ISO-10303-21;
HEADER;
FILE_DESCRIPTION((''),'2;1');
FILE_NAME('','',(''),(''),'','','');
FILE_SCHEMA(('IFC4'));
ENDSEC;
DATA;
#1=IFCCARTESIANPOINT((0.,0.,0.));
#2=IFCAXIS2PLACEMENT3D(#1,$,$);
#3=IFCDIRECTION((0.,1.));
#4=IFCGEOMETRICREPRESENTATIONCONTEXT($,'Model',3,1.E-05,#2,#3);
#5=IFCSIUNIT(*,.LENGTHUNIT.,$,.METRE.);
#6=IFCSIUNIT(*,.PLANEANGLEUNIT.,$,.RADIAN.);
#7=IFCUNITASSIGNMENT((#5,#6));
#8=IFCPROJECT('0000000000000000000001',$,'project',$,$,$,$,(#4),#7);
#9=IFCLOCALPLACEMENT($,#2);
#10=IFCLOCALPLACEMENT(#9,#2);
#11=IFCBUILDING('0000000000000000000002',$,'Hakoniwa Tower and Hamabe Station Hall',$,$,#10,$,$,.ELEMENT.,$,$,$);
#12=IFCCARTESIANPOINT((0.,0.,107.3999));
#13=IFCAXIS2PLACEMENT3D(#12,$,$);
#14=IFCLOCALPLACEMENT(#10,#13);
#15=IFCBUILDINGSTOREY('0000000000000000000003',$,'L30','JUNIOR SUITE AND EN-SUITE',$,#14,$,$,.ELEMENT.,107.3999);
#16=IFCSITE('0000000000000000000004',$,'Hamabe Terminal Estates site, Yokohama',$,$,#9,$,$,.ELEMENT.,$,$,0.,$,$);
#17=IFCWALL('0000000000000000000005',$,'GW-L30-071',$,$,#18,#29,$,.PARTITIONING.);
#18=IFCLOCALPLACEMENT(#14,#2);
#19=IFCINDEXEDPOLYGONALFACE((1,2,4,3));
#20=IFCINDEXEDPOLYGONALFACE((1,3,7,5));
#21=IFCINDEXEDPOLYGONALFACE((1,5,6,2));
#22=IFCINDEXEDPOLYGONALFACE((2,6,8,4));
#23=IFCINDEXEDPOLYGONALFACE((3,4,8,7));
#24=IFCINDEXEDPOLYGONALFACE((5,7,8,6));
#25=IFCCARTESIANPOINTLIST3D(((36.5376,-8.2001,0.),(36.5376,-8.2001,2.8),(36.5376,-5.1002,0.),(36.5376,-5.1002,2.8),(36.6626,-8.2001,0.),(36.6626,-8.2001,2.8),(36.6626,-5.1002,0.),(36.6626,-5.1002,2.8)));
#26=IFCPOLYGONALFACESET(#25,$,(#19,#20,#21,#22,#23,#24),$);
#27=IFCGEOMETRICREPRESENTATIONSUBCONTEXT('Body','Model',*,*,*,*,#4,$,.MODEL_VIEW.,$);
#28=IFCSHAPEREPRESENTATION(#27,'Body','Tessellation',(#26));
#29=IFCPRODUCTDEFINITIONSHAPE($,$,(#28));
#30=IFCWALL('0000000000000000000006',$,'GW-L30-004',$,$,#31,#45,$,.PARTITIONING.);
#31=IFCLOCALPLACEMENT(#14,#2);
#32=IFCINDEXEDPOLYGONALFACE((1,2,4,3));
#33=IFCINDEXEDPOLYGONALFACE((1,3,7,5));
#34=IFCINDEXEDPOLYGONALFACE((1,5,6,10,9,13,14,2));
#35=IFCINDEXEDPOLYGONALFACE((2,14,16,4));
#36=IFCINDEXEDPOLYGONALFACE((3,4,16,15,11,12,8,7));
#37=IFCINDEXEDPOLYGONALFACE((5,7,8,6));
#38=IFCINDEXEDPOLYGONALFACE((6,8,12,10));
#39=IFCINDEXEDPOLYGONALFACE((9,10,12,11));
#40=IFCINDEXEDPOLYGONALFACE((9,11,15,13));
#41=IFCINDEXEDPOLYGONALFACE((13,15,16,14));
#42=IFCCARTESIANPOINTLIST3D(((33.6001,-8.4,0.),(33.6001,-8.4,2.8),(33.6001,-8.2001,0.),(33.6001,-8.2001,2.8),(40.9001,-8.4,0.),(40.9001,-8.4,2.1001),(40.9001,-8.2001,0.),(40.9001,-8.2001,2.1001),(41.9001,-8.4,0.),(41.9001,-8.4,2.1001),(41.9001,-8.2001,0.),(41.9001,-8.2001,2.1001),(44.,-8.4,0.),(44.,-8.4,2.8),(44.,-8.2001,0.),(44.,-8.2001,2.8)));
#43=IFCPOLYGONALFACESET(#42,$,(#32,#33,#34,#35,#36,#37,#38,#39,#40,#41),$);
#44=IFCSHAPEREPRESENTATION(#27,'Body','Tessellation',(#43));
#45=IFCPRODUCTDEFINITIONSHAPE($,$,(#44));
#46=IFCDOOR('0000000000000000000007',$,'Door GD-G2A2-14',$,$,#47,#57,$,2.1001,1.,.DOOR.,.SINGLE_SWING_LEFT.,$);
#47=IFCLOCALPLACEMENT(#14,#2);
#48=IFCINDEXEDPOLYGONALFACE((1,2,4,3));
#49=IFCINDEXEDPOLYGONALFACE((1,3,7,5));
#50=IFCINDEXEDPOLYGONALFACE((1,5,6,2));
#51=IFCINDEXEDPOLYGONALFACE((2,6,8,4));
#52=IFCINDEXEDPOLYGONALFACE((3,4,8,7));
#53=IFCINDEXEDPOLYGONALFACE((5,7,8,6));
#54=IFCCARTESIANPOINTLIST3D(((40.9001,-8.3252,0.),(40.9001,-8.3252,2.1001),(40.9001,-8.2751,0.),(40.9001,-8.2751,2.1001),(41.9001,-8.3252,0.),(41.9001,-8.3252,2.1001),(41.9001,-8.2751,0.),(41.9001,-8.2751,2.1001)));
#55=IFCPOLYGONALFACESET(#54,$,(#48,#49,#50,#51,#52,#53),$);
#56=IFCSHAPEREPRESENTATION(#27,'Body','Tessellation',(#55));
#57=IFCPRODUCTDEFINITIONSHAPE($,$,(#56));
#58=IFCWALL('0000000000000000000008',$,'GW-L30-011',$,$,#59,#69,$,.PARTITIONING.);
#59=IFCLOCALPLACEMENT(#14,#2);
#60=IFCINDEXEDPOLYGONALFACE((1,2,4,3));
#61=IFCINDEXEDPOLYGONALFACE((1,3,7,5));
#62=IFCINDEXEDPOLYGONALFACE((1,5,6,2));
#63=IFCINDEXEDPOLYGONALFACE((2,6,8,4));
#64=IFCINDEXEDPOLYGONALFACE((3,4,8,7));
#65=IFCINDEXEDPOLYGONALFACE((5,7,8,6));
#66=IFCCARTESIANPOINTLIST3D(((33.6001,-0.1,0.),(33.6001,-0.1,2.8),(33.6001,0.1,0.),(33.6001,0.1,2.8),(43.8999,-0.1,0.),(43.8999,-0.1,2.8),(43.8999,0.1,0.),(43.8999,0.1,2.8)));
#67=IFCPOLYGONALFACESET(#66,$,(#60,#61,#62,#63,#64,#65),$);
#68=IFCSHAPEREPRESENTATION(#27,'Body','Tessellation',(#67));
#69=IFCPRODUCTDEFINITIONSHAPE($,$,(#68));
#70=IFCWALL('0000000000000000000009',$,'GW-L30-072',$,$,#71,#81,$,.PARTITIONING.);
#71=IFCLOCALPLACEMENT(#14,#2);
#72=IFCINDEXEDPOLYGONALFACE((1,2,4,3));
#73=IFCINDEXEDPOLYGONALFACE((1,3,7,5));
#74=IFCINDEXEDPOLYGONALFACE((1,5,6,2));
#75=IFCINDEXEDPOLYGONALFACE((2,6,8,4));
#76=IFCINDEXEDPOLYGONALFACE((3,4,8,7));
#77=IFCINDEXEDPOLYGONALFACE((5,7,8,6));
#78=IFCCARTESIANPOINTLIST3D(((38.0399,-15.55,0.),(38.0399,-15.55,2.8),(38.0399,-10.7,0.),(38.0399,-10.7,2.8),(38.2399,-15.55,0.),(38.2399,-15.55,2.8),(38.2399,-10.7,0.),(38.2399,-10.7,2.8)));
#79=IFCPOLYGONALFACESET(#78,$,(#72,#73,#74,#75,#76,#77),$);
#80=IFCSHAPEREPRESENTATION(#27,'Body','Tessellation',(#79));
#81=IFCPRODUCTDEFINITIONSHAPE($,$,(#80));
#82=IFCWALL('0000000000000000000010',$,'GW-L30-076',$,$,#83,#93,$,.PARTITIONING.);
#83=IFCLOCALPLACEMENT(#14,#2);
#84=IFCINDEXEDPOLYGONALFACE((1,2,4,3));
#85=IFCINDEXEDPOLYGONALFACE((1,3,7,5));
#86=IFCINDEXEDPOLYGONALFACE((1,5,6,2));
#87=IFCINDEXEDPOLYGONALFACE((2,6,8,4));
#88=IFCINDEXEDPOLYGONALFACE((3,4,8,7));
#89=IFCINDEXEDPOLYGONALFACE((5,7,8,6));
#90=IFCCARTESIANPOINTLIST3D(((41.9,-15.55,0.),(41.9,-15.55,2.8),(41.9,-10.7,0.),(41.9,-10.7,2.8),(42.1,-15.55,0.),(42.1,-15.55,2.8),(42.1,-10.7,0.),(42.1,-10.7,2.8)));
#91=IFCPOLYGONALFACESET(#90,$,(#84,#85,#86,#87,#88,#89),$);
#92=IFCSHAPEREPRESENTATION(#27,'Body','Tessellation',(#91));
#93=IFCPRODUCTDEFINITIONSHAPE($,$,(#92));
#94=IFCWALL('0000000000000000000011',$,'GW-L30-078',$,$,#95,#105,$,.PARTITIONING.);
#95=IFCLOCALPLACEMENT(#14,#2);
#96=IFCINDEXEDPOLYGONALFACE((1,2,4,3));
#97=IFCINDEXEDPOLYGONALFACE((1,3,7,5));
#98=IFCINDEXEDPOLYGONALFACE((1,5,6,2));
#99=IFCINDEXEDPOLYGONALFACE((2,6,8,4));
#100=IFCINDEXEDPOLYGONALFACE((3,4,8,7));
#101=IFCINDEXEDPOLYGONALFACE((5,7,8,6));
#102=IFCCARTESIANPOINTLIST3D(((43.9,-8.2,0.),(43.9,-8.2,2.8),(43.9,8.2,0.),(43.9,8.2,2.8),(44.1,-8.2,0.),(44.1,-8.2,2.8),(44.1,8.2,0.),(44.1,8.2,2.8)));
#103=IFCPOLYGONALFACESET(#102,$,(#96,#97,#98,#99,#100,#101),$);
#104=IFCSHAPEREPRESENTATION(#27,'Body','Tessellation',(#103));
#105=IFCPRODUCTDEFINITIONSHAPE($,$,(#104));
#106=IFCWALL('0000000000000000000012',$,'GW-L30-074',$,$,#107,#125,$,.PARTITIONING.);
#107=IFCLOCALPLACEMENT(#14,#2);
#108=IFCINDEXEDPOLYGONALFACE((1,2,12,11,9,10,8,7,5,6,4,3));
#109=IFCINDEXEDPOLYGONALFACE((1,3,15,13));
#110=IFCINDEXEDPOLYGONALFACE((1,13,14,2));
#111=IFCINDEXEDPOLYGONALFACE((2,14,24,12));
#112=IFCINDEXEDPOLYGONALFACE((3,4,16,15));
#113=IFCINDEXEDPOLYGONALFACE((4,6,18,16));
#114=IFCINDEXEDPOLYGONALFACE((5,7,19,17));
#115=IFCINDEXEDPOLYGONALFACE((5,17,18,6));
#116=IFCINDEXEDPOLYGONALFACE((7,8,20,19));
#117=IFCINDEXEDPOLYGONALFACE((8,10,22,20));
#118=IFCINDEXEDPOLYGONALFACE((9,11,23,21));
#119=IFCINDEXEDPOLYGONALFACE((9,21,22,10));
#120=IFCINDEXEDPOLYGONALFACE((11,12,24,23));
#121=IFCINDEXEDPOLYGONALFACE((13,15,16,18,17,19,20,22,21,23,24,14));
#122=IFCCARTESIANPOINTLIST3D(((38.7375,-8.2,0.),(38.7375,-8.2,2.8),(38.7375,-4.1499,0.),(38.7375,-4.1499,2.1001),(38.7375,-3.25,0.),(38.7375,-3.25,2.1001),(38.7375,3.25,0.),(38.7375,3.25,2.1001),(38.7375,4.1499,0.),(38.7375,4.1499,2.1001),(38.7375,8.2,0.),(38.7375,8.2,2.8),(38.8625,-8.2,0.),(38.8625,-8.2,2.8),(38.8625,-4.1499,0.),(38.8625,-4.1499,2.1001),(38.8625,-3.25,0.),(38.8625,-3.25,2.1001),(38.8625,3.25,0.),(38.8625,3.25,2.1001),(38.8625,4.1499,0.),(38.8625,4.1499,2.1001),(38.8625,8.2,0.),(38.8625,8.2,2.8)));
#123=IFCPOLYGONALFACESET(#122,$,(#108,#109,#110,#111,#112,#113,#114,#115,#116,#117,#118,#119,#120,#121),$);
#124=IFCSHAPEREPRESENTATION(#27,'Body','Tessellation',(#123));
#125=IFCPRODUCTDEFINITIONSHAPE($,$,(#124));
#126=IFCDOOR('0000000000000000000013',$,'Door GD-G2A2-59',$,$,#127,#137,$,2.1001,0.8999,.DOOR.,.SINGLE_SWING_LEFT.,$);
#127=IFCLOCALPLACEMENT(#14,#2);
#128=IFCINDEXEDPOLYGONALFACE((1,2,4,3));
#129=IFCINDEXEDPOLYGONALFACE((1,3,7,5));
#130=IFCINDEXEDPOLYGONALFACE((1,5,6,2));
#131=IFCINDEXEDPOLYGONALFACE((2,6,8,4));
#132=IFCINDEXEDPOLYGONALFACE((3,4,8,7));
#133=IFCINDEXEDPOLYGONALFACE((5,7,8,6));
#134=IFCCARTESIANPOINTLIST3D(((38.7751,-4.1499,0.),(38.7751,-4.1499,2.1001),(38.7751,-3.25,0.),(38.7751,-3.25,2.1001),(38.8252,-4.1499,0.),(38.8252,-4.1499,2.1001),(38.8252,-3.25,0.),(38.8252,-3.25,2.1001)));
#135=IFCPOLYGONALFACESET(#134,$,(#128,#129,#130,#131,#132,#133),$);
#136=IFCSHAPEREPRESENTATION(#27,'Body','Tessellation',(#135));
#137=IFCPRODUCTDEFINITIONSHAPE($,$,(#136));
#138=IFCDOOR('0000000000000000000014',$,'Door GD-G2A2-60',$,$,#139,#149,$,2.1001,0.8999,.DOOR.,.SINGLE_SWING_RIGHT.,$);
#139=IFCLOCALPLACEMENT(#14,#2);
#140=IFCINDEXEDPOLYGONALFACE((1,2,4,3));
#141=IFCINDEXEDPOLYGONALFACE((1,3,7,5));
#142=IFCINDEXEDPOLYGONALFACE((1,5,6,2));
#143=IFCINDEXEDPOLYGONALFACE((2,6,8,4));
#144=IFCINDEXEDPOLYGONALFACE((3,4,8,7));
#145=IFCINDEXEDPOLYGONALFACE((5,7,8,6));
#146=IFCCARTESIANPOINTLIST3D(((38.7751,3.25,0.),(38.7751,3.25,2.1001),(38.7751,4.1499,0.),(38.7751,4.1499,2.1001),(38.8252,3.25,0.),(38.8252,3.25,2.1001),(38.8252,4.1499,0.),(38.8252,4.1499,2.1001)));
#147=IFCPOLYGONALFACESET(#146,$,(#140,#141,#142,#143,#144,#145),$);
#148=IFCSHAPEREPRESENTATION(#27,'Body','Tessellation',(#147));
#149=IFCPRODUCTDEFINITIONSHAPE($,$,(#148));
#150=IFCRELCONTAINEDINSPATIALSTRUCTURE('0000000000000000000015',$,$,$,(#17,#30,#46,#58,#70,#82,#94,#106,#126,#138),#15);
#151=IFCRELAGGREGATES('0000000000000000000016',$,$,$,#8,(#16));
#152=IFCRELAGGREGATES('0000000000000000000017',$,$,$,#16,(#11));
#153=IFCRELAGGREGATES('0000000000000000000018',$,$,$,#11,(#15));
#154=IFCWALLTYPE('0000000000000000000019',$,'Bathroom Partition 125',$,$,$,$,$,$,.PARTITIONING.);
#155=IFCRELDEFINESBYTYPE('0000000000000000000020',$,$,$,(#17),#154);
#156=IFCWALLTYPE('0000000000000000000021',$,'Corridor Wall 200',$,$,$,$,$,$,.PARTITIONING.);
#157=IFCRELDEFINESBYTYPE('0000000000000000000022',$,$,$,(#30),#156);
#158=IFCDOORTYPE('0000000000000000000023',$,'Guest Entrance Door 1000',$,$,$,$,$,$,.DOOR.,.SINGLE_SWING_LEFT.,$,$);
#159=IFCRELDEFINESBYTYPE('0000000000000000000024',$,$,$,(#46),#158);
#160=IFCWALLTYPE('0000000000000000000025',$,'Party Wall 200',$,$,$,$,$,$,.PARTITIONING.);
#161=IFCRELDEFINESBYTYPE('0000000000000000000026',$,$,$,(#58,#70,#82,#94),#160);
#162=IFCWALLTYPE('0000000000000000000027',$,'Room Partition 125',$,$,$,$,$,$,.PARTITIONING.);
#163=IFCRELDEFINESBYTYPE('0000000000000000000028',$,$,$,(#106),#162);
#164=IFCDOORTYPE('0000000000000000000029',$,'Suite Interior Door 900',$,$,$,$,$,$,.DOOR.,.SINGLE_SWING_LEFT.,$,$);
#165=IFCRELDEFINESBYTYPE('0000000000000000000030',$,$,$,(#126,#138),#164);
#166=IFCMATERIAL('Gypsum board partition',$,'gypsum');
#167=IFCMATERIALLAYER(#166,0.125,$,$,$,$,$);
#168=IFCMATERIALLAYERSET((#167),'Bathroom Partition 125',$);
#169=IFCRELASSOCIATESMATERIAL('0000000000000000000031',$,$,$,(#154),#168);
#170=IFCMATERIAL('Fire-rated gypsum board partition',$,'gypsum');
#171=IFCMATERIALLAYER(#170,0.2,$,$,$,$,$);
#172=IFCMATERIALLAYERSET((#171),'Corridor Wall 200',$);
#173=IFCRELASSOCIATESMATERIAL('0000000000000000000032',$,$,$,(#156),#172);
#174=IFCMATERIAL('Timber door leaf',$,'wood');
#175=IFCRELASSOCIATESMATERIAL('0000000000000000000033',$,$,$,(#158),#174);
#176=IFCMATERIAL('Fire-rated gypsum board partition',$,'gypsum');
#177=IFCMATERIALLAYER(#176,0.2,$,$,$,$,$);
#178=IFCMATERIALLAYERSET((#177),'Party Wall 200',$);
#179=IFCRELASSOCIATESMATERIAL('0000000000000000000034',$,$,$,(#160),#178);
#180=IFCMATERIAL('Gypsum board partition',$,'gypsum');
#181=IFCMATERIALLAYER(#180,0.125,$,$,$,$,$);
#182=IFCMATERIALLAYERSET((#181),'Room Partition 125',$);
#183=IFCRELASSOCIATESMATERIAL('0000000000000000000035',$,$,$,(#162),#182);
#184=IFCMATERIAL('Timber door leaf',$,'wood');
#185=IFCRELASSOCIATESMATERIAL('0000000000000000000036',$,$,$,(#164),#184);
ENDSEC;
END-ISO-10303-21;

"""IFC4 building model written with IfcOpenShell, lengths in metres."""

from ifc_helpers import new_model, si_unit, direction, frame, frame_2d, origin, place, context, subcontext, project, spatial, rectangle, extrude, material, layer, layer_set, type_object, element, fill, save


model = new_model("IFC4")

# Units and contexts
model_context = context("Model", 3, precision=1e-05, world=origin(), true_north=direction((0.0, 1.0)))
body_context = subcontext(model_context, "Body", "Model", "MODEL_VIEW")
ifc_project = project(units=[si_unit("LENGTHUNIT", "METRE"), si_unit("PLANEANGLEUNIT", "RADIAN")], contexts=[model_context])

# Site, building, storey
site_placement = place(None, origin())
site = spatial("IfcSite", under=ifc_project, at=site_placement, Name="Hamabe Terminal Estates site, Yokohama", CompositionType="ELEMENT", RefElevation=0.0)
building_placement = place(site_placement, origin())
building = spatial("IfcBuilding", under=site, at=building_placement, Name="Hakoniwa Tower and Hamabe Station Hall", CompositionType="ELEMENT")
storey_placement = place(building_placement, frame((0.0, 0.0, 107.3999)))
storey = spatial("IfcBuildingStorey", under=building, at=storey_placement, Name="L30", Description="JUNIOR SUITE AND EN-SUITE", CompositionType="ELEMENT", Elevation=107.3999)

# Shared definitions
ifc_material_1 = material(Name="Gypsum board partition", Category="gypsum")
ifc_layer_1 = layer(ifc_material_1, 0.125)
ifc_layer_set_1 = layer_set([ifc_layer_1], Name="Bathroom Partition 125")
wall_type_1 = type_object("IfcWallType", Name="Bathroom Partition 125", PredefinedType="PARTITIONING", material=ifc_layer_set_1)

# Wall
wall_1_placement = place(storey_placement, frame((36.6001, -8.2, 0.0), z_axis=(0.0, 0.0, 1.0), x_axis=(0.0, 1.0, 0.0)))
element("IfcWall", 1, at=wall_1_placement, inside=storey, type_object=wall_type_1, Name="GW-L30-071", PredefinedType="PARTITIONING", context=body_context, shape_type="SweptSolid", body=[
    extrude(rectangle(XDim=3.0999, YDim=0.125, at=frame_2d((1.5498, 0.0))), origin(), (0.0, 0.0, 1.0), 2.8),
])

# Wall, opening, door
ifc_material_2 = material(Name="Fire-rated gypsum board partition", Category="gypsum")
ifc_layer_2 = layer(ifc_material_2, 0.2)
ifc_layer_set_2 = layer_set([ifc_layer_2], Name="Corridor Wall 200")
wall_type_2 = type_object("IfcWallType", Name="Corridor Wall 200", PredefinedType="PARTITIONING", material=ifc_layer_set_2)
wall_2_placement = place(storey_placement, frame((33.6001, -8.3, 0.0), z_axis=(0.0, 0.0, 1.0), x_axis=(1.0, 0.0, 0.0)))
wall_2 = element("IfcWall", 2, at=wall_2_placement, inside=storey, type_object=wall_type_2, Name="GW-L30-004", PredefinedType="PARTITIONING", context=body_context, shape_type="SweptSolid", body=[
    extrude(rectangle(XDim=10.3999, YDim=0.2, at=frame_2d((5.2, 0.0))), origin(), (0.0, 0.0, 1.0), 2.8),
])
opening_1_placement = place(wall_2_placement, frame((7.3, 0.0, 0.0)))
opening_1 = element("IfcOpeningElement", 3, at=opening_1_placement, cuts=wall_2, PredefinedType="OPENING", context=body_context, shape_type="SweptSolid", body=[
    extrude(rectangle(XDim=1.0, YDim=2.1001, at=frame_2d((0.5, 1.05))), frame((0.0, 0.1099, 0.0), z_axis=(0.0, -1.0, 0.0), x_axis=(1.0, 0.0, 0.0)), (0.0, 0.0, 1.0), 0.22),
])
ifc_material_3 = material(Name="Timber door leaf", Category="wood")
door_type_1 = type_object("IfcDoorType", Name="Guest Entrance Door 1000", OperationType="SINGLE_SWING_LEFT", PredefinedType="DOOR", material=ifc_material_3)
door_1_placement = place(opening_1_placement, origin())
door_1 = element("IfcDoor", 4, at=door_1_placement, inside=storey, type_object=door_type_1, Name="Door GD-G2A2-14", OperationType="SINGLE_SWING_LEFT", OverallHeight=2.1001, OverallWidth=1.0, PredefinedType="DOOR", context=body_context, shape_type="SweptSolid", body=[
    extrude(rectangle(XDim=1.0, YDim=2.1001, at=frame_2d((0.5, 1.05))), frame((0.0, 0.0249, 0.0), z_axis=(0.0, -1.0, 0.0), x_axis=(1.0, 0.0, 0.0)), (0.0, 0.0, 1.0), 0.05),
])
fill(opening_1, door_1)

# Walls
ifc_material_4 = material(Name="Fire-rated gypsum board partition", Category="gypsum")
ifc_layer_3 = layer(ifc_material_4, 0.2)
ifc_layer_set_3 = layer_set([ifc_layer_3], Name="Party Wall 200")
wall_type_3 = type_object("IfcWallType", Name="Party Wall 200", PredefinedType="PARTITIONING", material=ifc_layer_set_3)
wall_3_placement = place(storey_placement, frame((33.6001, 0.0, 0.0), z_axis=(0.0, 0.0, 1.0), x_axis=(1.0, 0.0, 0.0)))
element("IfcWall", 5, at=wall_3_placement, inside=storey, type_object=wall_type_3, Name="GW-L30-011", PredefinedType="PARTITIONING", context=body_context, shape_type="SweptSolid", body=[
    extrude(rectangle(XDim=10.2998, YDim=0.2, at=frame_2d((5.1499, 0.0))), origin(), (0.0, 0.0, 1.0), 2.8),
])
for number, where, z_axis, x_axis, name in (
    (6, (38.1399, -15.55, 0.0), (0.0, 0.0, 1.0), (0.0, 1.0, 0.0), "GW-L30-072"),
    (7, (42.0, -15.55, 0.0), (0.0, 0.0, 1.0), (0.0, 1.0, 0.0), "GW-L30-076"),
):
    element("IfcWall", number, at=place(storey_placement, frame(where, z_axis=z_axis, x_axis=x_axis)), inside=storey, type_object=wall_type_3, Name=name, PredefinedType="PARTITIONING", context=body_context, shape_type="SweptSolid", body=[
        extrude(rectangle(XDim=4.8501, YDim=0.2, at=frame_2d((2.425, 0.0))), origin(), (0.0, 0.0, 1.0), 2.8),
    ])
wall_4_placement = place(storey_placement, frame((44.0, -8.2, 0.0), z_axis=(0.0, 0.0, 1.0), x_axis=(0.0, 1.0, 0.0)))
element("IfcWall", 8, at=wall_4_placement, inside=storey, type_object=wall_type_3, Name="GW-L30-078", PredefinedType="PARTITIONING", context=body_context, shape_type="SweptSolid", body=[
    extrude(rectangle(XDim=16.3999, YDim=0.2, at=frame_2d((8.2, 0.0))), origin(), (0.0, 0.0, 1.0), 2.8),
])

# Wall, openings, doors
ifc_material_5 = material(Name="Gypsum board partition", Category="gypsum")
ifc_layer_4 = layer(ifc_material_5, 0.125)
ifc_layer_set_4 = layer_set([ifc_layer_4], Name="Room Partition 125")
wall_type_4 = type_object("IfcWallType", Name="Room Partition 125", PredefinedType="PARTITIONING", material=ifc_layer_set_4)
wall_5_placement = place(storey_placement, frame((38.8, -8.2, 0.0), z_axis=(0.0, 0.0, 1.0), x_axis=(0.0, 1.0, 0.0)))
wall_5 = element("IfcWall", 9, at=wall_5_placement, inside=storey, type_object=wall_type_4, Name="GW-L30-074", PredefinedType="PARTITIONING", context=body_context, shape_type="SweptSolid", body=[
    extrude(rectangle(XDim=16.3999, YDim=0.125, at=frame_2d((8.2, 0.0))), origin(), (0.0, 0.0, 1.0), 2.8),
])
opening_2_placement = place(wall_5_placement, frame((4.05, 0.0, 0.0)))
opening_2 = element("IfcOpeningElement", 10, at=opening_2_placement, cuts=wall_5, PredefinedType="OPENING", context=body_context, shape_type="SweptSolid", body=[
    extrude(rectangle(XDim=0.8999, YDim=2.1001, at=frame_2d((0.45, 1.05))), frame((0.0, 0.0725, 0.0), z_axis=(0.0, -1.0, 0.0), x_axis=(1.0, 0.0, 0.0)), (0.0, 0.0, 1.0), 0.145),
])
opening_3_placement = place(wall_5_placement, frame((11.45, 0.0, 0.0)))
opening_3 = element("IfcOpeningElement", 11, at=opening_3_placement, cuts=wall_5, PredefinedType="OPENING", context=body_context, shape_type="SweptSolid", body=[
    extrude(rectangle(XDim=0.8999, YDim=2.1001, at=frame_2d((0.45, 1.05))), frame((0.0, 0.0725, 0.0), z_axis=(0.0, -1.0, 0.0), x_axis=(1.0, 0.0, 0.0)), (0.0, 0.0, 1.0), 0.145),
])
ifc_material_6 = material(Name="Timber door leaf", Category="wood")
door_type_2 = type_object("IfcDoorType", Name="Suite Interior Door 900", OperationType="SINGLE_SWING_LEFT", PredefinedType="DOOR", material=ifc_material_6)
door_2_placement = place(opening_2_placement, origin())
door_2 = element("IfcDoor", 12, at=door_2_placement, inside=storey, type_object=door_type_2, Name="Door GD-G2A2-59", OperationType="SINGLE_SWING_LEFT", OverallHeight=2.1001, OverallWidth=0.8999, PredefinedType="DOOR", context=body_context, shape_type="SweptSolid", body=[
    extrude(rectangle(XDim=0.8999, YDim=2.1001, at=frame_2d((0.45, 1.05))), frame((0.0, 0.0249, 0.0), z_axis=(0.0, -1.0, 0.0), x_axis=(1.0, 0.0, 0.0)), (0.0, 0.0, 1.0), 0.05),
])
fill(opening_2, door_2)
door_3_placement = place(opening_3_placement, origin())
door_3 = element("IfcDoor", 13, at=door_3_placement, inside=storey, type_object=door_type_2, Name="Door GD-G2A2-60", OperationType="SINGLE_SWING_RIGHT", OverallHeight=2.1001, OverallWidth=0.8999, PredefinedType="DOOR", context=body_context, shape_type="SweptSolid", body=[
    extrude(rectangle(XDim=0.8999, YDim=2.1001, at=frame_2d((0.45, 1.05))), frame((0.0, 0.0249, 0.0), z_axis=(0.0, -1.0, 0.0), x_axis=(1.0, 0.0, 0.0)), (0.0, 0.0, 1.0), 0.05),
])
fill(opening_3, door_3)

save(model, "model.ifc")
